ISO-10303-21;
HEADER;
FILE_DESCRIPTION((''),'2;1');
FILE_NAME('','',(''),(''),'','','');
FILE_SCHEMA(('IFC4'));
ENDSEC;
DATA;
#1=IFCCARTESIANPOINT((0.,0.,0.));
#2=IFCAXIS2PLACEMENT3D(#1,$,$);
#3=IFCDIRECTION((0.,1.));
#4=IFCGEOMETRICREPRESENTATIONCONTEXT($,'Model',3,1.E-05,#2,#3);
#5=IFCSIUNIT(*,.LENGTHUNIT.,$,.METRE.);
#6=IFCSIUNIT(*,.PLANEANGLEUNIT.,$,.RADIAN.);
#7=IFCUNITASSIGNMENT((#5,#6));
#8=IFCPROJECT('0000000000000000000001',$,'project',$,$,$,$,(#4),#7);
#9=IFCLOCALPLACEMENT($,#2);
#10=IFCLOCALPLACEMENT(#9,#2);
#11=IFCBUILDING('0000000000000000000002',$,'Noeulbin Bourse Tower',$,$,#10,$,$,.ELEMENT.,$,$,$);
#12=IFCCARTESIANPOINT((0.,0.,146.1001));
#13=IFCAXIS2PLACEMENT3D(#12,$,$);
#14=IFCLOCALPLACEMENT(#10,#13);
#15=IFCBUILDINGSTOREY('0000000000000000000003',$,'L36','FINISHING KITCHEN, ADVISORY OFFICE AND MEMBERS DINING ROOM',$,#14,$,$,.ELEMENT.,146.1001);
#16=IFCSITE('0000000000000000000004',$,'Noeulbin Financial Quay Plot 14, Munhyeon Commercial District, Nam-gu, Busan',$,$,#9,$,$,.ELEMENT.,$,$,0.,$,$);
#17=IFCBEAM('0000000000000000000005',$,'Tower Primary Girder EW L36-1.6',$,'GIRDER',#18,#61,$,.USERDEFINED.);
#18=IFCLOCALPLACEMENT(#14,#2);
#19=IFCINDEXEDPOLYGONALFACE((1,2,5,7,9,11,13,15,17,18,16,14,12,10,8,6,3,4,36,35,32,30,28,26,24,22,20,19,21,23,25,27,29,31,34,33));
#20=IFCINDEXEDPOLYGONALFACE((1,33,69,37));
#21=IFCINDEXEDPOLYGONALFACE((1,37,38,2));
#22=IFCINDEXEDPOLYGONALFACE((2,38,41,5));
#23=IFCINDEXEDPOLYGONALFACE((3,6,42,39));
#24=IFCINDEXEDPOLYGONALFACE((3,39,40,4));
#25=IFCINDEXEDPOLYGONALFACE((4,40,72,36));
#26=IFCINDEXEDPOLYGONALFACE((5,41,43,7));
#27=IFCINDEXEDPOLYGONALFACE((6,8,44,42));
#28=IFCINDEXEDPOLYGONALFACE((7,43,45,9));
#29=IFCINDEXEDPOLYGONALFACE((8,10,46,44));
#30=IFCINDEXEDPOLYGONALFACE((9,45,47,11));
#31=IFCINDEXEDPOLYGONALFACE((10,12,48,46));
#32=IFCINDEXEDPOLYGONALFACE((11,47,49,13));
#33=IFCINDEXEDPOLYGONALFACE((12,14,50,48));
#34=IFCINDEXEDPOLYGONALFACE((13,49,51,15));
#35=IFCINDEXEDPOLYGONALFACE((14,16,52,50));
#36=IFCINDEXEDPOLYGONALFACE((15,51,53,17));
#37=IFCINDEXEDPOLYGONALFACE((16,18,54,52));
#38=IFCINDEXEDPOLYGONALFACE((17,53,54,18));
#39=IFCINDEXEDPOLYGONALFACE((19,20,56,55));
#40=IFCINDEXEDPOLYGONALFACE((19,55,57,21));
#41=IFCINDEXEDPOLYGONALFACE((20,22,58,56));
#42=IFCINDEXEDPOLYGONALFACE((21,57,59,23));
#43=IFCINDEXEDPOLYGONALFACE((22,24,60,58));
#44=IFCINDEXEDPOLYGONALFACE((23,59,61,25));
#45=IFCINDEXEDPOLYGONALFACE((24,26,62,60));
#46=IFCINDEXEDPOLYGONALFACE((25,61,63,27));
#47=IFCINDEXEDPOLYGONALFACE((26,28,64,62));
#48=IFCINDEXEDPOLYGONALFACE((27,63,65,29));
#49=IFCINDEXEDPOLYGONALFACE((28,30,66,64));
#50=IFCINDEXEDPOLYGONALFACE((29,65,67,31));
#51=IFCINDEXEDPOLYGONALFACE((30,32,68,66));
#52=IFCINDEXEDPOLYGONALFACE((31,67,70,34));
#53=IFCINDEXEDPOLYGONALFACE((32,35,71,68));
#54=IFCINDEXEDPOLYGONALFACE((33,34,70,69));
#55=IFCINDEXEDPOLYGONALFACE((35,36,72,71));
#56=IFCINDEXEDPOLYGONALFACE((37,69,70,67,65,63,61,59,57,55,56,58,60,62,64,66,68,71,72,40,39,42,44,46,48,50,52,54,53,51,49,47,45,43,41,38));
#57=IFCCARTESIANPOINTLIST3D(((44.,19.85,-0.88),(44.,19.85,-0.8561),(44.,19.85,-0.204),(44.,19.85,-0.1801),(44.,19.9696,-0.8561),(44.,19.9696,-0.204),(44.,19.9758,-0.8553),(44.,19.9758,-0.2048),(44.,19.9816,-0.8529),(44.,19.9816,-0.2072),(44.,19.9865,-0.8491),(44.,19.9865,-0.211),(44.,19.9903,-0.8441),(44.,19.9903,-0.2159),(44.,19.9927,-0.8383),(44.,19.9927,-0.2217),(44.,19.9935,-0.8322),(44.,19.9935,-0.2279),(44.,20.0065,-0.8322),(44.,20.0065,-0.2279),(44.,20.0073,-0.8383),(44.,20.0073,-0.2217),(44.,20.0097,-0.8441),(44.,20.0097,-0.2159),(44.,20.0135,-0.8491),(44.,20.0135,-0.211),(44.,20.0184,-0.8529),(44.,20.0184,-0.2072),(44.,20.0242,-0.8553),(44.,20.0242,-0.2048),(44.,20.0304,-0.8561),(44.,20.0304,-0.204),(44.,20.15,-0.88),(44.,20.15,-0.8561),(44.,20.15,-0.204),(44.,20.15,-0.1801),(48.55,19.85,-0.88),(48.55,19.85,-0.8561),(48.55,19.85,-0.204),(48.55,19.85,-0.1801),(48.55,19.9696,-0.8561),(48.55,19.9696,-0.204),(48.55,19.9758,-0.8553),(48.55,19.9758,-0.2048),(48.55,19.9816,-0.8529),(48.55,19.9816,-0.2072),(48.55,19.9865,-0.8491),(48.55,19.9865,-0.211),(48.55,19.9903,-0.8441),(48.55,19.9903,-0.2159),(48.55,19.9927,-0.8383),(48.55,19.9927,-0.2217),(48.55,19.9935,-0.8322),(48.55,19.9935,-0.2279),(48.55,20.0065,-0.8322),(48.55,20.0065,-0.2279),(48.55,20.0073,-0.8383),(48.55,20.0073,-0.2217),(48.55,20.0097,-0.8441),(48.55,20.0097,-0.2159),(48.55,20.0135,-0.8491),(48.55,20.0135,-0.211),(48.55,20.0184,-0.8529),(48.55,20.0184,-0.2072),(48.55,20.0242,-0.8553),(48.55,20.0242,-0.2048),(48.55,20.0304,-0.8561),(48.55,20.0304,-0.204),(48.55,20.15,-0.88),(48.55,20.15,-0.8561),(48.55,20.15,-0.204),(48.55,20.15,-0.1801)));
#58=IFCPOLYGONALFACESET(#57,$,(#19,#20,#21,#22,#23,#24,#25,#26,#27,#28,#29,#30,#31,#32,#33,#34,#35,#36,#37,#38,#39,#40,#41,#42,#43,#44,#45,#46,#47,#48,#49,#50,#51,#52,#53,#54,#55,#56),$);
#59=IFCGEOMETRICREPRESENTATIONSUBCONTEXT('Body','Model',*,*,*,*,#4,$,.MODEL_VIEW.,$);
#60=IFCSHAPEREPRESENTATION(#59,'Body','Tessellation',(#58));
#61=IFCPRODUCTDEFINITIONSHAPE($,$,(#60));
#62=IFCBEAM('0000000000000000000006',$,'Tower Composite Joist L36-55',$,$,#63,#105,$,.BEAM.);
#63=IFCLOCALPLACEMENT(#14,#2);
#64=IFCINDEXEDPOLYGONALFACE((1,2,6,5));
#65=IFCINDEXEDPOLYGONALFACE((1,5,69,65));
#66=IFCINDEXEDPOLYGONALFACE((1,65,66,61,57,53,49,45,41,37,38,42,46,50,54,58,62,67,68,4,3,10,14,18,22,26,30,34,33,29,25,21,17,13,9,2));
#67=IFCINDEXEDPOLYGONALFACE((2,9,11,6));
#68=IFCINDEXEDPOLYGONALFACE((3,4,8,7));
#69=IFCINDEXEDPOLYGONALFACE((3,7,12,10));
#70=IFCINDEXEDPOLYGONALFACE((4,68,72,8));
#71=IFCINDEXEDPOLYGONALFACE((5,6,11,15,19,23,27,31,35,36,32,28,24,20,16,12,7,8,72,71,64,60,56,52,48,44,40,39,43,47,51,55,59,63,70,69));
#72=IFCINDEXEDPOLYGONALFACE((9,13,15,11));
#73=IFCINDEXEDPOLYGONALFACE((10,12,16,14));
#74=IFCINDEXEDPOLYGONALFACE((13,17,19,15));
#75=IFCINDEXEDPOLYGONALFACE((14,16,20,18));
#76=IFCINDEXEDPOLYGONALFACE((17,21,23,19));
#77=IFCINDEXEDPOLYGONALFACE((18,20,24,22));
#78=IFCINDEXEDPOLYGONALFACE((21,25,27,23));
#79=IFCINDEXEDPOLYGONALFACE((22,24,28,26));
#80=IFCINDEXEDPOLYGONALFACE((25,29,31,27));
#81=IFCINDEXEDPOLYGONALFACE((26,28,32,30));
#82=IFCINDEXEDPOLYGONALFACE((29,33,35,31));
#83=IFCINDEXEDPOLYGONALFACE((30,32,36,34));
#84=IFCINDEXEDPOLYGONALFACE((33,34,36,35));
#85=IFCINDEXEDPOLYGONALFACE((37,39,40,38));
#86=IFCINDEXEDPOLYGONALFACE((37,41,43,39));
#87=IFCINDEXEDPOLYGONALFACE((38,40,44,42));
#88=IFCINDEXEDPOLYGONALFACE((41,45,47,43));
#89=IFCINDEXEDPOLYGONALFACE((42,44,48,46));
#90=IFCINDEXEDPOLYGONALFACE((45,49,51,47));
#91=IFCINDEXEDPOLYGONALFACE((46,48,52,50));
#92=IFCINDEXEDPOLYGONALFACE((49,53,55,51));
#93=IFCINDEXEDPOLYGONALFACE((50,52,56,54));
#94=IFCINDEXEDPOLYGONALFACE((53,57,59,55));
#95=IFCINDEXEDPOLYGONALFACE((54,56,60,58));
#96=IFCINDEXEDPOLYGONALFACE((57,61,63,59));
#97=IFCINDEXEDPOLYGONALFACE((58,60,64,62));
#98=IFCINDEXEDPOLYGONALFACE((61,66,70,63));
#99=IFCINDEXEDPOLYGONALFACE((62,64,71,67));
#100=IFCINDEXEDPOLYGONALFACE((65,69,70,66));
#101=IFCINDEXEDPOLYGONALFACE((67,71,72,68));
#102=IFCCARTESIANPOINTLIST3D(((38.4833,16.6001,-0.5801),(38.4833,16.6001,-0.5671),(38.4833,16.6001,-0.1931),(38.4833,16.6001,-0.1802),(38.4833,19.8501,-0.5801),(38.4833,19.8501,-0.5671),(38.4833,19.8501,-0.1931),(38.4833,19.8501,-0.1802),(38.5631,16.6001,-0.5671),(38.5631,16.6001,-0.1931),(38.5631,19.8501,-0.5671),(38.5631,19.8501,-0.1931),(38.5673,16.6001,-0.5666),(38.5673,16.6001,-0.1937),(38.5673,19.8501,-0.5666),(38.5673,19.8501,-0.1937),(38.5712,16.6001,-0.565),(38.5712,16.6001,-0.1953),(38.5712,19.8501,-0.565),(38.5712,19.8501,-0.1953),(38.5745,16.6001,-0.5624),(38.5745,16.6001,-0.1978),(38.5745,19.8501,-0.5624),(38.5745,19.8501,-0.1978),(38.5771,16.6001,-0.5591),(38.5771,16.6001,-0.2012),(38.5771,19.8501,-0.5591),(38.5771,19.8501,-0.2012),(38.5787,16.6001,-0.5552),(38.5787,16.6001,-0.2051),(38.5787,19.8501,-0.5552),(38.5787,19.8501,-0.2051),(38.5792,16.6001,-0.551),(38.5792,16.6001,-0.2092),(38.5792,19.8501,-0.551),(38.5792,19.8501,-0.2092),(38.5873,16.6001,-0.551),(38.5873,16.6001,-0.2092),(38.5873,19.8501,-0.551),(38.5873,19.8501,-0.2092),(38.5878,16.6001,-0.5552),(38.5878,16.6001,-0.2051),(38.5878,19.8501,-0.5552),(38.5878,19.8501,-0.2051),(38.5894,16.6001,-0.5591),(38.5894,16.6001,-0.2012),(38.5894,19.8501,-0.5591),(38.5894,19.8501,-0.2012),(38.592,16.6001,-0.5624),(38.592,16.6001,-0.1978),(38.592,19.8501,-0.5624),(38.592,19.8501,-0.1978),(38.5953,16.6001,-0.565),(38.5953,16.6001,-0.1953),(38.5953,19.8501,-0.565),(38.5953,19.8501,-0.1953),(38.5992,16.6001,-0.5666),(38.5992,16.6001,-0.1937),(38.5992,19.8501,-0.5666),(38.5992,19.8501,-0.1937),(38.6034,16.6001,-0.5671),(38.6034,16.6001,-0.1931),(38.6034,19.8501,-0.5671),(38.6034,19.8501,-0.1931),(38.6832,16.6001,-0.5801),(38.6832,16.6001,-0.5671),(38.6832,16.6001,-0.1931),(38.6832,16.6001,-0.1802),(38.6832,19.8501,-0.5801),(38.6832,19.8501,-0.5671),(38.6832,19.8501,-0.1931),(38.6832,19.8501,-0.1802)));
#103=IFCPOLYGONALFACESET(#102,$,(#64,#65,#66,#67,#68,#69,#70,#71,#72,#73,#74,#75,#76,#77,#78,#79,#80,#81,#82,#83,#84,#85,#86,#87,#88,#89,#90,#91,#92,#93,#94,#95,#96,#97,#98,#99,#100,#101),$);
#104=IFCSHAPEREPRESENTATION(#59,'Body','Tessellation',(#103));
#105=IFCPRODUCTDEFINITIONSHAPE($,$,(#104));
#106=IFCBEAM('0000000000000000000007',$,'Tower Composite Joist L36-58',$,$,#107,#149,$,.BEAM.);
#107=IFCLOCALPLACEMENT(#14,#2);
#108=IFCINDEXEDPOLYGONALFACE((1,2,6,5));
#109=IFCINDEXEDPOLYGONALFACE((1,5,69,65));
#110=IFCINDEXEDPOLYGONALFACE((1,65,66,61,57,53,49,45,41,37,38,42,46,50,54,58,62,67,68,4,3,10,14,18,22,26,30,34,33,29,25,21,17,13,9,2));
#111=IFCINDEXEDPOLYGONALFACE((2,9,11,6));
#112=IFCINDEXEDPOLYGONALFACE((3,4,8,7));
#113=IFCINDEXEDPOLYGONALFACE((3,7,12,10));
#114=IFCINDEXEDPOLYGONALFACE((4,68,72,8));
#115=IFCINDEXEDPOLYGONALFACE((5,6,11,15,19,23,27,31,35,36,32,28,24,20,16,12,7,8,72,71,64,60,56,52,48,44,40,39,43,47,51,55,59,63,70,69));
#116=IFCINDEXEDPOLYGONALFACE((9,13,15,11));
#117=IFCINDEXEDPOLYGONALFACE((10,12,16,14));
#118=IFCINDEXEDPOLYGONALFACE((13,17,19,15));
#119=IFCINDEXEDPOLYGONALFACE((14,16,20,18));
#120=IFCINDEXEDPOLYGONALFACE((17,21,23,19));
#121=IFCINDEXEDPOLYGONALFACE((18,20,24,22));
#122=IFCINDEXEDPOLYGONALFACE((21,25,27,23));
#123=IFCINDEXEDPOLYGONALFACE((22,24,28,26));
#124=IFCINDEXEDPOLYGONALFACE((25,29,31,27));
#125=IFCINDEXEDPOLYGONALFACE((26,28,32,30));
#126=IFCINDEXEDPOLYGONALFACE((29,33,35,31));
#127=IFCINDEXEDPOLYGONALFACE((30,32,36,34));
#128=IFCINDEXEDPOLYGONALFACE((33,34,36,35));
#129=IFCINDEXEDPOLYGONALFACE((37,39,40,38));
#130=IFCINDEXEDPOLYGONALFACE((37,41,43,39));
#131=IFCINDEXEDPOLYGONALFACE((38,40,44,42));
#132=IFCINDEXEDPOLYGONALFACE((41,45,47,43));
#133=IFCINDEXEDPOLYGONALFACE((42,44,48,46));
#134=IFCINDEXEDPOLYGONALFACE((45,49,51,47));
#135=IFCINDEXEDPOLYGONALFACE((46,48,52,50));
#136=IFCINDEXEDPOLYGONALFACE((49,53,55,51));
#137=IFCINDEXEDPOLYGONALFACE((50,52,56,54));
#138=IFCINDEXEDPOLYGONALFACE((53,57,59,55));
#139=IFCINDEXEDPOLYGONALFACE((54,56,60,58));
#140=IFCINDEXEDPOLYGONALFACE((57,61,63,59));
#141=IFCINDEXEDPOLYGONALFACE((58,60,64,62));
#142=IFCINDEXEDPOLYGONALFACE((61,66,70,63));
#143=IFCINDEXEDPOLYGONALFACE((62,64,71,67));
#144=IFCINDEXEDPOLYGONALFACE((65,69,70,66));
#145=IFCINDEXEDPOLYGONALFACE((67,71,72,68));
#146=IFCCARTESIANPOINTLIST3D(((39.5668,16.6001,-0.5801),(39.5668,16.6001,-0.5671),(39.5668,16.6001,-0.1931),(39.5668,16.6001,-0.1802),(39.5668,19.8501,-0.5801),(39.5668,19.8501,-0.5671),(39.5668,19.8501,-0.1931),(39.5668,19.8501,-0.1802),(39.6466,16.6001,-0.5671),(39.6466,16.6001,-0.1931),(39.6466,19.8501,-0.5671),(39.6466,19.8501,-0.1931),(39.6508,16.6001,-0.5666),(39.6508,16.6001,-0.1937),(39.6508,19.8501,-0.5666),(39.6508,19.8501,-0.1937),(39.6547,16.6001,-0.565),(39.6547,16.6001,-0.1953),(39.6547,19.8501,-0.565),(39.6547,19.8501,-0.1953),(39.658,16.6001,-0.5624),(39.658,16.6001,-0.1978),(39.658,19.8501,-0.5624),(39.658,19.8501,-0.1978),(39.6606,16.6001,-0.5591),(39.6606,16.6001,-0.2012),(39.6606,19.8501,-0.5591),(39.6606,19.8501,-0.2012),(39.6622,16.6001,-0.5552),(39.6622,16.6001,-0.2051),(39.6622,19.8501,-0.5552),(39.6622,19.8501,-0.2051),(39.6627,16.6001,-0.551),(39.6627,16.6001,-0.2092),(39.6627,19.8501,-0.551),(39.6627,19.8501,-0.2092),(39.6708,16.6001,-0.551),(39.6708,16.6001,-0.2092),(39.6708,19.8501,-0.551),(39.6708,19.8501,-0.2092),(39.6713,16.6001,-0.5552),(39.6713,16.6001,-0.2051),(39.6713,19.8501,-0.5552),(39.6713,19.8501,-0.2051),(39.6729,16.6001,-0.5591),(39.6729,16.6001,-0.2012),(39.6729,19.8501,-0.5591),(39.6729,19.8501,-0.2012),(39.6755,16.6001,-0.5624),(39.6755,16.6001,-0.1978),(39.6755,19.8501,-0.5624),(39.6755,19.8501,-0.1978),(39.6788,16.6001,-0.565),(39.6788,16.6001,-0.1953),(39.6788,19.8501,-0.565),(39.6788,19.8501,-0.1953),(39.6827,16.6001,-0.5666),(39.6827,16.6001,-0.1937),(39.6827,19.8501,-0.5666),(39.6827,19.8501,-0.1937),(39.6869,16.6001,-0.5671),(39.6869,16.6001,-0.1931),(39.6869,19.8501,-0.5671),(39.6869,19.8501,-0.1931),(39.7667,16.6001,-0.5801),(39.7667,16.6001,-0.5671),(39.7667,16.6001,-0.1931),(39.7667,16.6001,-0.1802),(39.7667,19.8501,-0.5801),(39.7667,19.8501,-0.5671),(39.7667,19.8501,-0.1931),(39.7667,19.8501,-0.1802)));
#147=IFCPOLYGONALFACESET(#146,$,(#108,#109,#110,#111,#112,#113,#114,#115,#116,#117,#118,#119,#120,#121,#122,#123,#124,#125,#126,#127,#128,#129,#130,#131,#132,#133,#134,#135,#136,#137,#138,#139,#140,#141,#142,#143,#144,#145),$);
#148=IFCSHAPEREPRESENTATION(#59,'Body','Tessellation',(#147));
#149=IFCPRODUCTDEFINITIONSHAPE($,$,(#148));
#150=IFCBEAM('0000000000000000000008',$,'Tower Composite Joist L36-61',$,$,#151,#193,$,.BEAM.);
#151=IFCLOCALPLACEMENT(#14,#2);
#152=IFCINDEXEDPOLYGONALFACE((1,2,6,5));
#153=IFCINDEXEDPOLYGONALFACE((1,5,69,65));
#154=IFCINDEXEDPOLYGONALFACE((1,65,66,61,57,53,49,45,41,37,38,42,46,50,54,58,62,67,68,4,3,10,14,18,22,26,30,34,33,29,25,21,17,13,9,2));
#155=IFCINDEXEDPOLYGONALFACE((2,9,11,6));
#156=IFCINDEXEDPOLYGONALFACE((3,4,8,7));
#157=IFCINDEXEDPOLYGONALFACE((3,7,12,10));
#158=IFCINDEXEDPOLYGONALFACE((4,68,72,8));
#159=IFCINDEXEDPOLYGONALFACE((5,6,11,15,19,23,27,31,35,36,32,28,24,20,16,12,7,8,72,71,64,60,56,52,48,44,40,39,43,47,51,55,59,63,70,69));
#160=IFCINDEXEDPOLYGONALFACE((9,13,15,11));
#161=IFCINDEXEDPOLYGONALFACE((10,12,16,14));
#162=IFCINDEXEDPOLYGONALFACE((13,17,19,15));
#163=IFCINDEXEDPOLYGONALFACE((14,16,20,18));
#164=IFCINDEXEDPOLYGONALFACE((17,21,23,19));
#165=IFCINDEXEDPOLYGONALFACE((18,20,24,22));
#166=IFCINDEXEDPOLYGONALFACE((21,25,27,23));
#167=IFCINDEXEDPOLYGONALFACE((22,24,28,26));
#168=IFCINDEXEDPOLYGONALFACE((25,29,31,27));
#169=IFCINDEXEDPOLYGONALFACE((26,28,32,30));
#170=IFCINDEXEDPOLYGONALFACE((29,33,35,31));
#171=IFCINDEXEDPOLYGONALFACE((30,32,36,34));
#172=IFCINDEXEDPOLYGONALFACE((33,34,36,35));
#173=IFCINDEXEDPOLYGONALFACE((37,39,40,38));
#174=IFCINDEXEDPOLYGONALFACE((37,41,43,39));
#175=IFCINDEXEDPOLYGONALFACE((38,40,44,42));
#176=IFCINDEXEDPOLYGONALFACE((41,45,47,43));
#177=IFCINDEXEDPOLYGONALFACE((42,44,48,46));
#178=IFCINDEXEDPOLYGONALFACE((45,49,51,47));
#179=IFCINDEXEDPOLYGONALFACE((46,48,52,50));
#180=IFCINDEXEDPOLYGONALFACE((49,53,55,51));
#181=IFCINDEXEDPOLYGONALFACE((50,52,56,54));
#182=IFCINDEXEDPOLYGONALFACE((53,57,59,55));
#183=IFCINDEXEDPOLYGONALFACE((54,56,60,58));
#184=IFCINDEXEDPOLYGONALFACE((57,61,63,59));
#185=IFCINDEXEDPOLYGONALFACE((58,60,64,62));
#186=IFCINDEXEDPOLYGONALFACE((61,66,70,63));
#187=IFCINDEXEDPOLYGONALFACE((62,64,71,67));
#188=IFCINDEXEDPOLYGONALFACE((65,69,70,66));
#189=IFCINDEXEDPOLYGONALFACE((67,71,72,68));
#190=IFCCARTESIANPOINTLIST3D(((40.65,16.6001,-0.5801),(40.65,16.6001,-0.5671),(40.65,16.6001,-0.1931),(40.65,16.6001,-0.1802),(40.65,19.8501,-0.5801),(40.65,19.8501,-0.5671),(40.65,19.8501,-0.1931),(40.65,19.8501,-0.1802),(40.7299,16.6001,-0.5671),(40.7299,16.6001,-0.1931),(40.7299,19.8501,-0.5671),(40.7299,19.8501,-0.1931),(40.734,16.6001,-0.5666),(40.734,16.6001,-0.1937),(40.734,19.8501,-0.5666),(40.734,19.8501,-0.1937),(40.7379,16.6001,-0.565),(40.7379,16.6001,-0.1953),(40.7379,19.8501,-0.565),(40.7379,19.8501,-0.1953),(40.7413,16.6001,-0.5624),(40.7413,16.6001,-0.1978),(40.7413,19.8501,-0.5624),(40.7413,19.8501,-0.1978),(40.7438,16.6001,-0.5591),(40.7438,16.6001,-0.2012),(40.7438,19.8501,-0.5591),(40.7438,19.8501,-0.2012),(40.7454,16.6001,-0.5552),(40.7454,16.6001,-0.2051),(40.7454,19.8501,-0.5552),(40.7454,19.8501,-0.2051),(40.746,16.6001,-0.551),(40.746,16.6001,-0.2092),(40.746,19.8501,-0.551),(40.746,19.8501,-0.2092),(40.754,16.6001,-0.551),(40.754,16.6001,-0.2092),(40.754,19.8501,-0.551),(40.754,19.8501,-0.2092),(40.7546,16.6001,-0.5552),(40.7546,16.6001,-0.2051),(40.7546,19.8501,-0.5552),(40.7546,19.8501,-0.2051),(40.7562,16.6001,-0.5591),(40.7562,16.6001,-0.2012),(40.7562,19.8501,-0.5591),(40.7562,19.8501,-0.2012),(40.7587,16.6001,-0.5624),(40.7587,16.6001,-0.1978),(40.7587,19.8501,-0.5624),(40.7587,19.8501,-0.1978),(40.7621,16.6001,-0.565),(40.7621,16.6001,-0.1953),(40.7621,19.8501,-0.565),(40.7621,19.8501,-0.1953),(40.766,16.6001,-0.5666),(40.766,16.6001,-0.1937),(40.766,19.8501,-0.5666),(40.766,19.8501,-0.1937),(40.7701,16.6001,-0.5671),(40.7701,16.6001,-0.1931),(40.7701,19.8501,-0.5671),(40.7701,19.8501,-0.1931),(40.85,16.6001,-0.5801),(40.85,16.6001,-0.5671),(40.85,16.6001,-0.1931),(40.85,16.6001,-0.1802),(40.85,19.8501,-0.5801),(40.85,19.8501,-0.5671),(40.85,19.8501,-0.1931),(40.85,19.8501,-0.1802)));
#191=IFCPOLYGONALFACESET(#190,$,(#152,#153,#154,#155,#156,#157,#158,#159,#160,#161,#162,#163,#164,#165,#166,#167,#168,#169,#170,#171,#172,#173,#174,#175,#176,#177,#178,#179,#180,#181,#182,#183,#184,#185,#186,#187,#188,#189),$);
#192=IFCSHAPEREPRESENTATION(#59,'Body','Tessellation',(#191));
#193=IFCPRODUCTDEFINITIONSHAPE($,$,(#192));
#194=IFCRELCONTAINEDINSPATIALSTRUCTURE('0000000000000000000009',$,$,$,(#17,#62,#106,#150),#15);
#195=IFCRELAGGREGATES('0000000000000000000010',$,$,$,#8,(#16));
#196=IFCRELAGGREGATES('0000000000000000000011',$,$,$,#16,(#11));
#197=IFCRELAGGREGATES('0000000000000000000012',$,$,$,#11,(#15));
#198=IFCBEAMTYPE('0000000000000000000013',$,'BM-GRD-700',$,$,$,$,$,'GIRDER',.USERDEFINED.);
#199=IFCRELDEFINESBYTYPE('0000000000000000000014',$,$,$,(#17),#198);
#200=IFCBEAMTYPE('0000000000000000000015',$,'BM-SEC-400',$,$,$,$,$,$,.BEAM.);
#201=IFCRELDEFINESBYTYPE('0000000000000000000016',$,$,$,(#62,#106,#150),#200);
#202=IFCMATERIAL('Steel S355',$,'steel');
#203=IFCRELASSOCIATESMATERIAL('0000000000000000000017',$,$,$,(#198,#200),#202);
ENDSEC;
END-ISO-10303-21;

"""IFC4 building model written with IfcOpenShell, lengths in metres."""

from ifc_helpers import new_model, si_unit, direction, frame, origin, origin_2d, place, context, subcontext, project, spatial, i_section, extrude, material, material_profile, profile_set, type_object, element, save


model = new_model("IFC4")

# Units and contexts
model_context = context("Model", 3, precision=1e-05, world=origin(), true_north=direction((0.0, 1.0)))
body_context = subcontext(model_context, "Body", "Model", "MODEL_VIEW")
ifc_project = project(units=[si_unit("LENGTHUNIT", "METRE"), si_unit("PLANEANGLEUNIT", "RADIAN")], contexts=[model_context])

# Site, building, storey
site_placement = place(None, origin())
site = spatial("IfcSite", under=ifc_project, at=site_placement, Name="Noeulbin Financial Quay Plot 14, Munhyeon Commercial District, Nam-gu, Busan", CompositionType="ELEMENT", RefElevation=0.0)
building_placement = place(site_placement, origin())
building = spatial("IfcBuilding", under=site, at=building_placement, Name="Noeulbin Bourse Tower", CompositionType="ELEMENT")
storey_placement = place(building_placement, frame((0.0, 0.0, 146.1001)))
storey = spatial("IfcBuildingStorey", under=building, at=storey_placement, Name="L36", Description="FINISHING KITCHEN, ADVISORY OFFICE AND MEMBERS DINING ROOM", CompositionType="ELEMENT", Elevation=146.1001)

# Shared definitions
ifc_material_1 = material(Name="Steel S355", Category="steel")

# Beams
ifc_material_profile_1 = material_profile(ifc_material_1, i_section(OverallWidth=0.3, OverallDepth=0.7, WebThickness=0.0129, FlangeThickness=0.0239, FilletRadius=0.0239, at=origin_2d()), Name="H-700x300x13x24", Category="LoadBearing")
ifc_profile_set_1 = profile_set([ifc_material_profile_1], Name="Steel S355")
beam_type_1 = type_object("IfcBeamType", Name="BM-GRD-700", ElementType="GIRDER", PredefinedType="USERDEFINED", material=ifc_profile_set_1)
beam_1_placement = place(storey_placement, frame((44.0, 20.0, -0.53), z_axis=(1.0, 0.0, 0.0), x_axis=(0.0, 1.0, 0.0)))
element("IfcBeam", 1, at=beam_1_placement, inside=storey, type_object=beam_type_1, Name="Tower Primary Girder EW L36-1.6", ObjectType="GIRDER", PredefinedType="USERDEFINED", context=body_context, shape_type="SweptSolid", body=[
    extrude(i_section(OverallWidth=0.3, OverallDepth=0.7, WebThickness=0.0129, FlangeThickness=0.0239, FilletRadius=0.0239, at=origin_2d()), origin(), (0.0, 0.0, 1.0), 4.55),
])
ifc_material_profile_2 = material_profile(ifc_material_1, i_section(OverallWidth=0.2, OverallDepth=0.3999, WebThickness=0.0081, FlangeThickness=0.0129, FilletRadius=0.0161, at=origin_2d()), Name="H-400x200x8x13", Category="LoadBearing")
ifc_profile_set_2 = profile_set([ifc_material_profile_2], Name="Steel S355")
beam_type_2 = type_object("IfcBeamType", Name="BM-SEC-400", PredefinedType="BEAM", material=ifc_profile_set_2)
for number, where, z_axis, x_axis, name in (
    (2, (38.5833, 16.6001, -0.3801), (0.0, 1.0, 0.0), (-1.0, 0.0, 0.0), "Tower Composite Joist L36-55"),
    (3, (39.6667, 16.6001, -0.3801), (0.0, 1.0, 0.0), (-1.0, 0.0, 0.0), "Tower Composite Joist L36-58"),
    (4, (40.75, 16.6001, -0.3801), (0.0, 1.0, 0.0), (-1.0, 0.0, 0.0), "Tower Composite Joist L36-61"),
):
    element("IfcBeam", number, at=place(storey_placement, frame(where, z_axis=z_axis, x_axis=x_axis)), inside=storey, type_object=beam_type_2, Name=name, PredefinedType="BEAM", context=body_context, shape_type="SweptSolid", body=[
        extrude(i_section(OverallWidth=0.2, OverallDepth=0.3999, WebThickness=0.0081, FlangeThickness=0.0129, FilletRadius=0.0161, at=origin_2d()), origin(), (0.0, 0.0, 1.0), 3.25),
    ])

save(model, "model.ifc")
